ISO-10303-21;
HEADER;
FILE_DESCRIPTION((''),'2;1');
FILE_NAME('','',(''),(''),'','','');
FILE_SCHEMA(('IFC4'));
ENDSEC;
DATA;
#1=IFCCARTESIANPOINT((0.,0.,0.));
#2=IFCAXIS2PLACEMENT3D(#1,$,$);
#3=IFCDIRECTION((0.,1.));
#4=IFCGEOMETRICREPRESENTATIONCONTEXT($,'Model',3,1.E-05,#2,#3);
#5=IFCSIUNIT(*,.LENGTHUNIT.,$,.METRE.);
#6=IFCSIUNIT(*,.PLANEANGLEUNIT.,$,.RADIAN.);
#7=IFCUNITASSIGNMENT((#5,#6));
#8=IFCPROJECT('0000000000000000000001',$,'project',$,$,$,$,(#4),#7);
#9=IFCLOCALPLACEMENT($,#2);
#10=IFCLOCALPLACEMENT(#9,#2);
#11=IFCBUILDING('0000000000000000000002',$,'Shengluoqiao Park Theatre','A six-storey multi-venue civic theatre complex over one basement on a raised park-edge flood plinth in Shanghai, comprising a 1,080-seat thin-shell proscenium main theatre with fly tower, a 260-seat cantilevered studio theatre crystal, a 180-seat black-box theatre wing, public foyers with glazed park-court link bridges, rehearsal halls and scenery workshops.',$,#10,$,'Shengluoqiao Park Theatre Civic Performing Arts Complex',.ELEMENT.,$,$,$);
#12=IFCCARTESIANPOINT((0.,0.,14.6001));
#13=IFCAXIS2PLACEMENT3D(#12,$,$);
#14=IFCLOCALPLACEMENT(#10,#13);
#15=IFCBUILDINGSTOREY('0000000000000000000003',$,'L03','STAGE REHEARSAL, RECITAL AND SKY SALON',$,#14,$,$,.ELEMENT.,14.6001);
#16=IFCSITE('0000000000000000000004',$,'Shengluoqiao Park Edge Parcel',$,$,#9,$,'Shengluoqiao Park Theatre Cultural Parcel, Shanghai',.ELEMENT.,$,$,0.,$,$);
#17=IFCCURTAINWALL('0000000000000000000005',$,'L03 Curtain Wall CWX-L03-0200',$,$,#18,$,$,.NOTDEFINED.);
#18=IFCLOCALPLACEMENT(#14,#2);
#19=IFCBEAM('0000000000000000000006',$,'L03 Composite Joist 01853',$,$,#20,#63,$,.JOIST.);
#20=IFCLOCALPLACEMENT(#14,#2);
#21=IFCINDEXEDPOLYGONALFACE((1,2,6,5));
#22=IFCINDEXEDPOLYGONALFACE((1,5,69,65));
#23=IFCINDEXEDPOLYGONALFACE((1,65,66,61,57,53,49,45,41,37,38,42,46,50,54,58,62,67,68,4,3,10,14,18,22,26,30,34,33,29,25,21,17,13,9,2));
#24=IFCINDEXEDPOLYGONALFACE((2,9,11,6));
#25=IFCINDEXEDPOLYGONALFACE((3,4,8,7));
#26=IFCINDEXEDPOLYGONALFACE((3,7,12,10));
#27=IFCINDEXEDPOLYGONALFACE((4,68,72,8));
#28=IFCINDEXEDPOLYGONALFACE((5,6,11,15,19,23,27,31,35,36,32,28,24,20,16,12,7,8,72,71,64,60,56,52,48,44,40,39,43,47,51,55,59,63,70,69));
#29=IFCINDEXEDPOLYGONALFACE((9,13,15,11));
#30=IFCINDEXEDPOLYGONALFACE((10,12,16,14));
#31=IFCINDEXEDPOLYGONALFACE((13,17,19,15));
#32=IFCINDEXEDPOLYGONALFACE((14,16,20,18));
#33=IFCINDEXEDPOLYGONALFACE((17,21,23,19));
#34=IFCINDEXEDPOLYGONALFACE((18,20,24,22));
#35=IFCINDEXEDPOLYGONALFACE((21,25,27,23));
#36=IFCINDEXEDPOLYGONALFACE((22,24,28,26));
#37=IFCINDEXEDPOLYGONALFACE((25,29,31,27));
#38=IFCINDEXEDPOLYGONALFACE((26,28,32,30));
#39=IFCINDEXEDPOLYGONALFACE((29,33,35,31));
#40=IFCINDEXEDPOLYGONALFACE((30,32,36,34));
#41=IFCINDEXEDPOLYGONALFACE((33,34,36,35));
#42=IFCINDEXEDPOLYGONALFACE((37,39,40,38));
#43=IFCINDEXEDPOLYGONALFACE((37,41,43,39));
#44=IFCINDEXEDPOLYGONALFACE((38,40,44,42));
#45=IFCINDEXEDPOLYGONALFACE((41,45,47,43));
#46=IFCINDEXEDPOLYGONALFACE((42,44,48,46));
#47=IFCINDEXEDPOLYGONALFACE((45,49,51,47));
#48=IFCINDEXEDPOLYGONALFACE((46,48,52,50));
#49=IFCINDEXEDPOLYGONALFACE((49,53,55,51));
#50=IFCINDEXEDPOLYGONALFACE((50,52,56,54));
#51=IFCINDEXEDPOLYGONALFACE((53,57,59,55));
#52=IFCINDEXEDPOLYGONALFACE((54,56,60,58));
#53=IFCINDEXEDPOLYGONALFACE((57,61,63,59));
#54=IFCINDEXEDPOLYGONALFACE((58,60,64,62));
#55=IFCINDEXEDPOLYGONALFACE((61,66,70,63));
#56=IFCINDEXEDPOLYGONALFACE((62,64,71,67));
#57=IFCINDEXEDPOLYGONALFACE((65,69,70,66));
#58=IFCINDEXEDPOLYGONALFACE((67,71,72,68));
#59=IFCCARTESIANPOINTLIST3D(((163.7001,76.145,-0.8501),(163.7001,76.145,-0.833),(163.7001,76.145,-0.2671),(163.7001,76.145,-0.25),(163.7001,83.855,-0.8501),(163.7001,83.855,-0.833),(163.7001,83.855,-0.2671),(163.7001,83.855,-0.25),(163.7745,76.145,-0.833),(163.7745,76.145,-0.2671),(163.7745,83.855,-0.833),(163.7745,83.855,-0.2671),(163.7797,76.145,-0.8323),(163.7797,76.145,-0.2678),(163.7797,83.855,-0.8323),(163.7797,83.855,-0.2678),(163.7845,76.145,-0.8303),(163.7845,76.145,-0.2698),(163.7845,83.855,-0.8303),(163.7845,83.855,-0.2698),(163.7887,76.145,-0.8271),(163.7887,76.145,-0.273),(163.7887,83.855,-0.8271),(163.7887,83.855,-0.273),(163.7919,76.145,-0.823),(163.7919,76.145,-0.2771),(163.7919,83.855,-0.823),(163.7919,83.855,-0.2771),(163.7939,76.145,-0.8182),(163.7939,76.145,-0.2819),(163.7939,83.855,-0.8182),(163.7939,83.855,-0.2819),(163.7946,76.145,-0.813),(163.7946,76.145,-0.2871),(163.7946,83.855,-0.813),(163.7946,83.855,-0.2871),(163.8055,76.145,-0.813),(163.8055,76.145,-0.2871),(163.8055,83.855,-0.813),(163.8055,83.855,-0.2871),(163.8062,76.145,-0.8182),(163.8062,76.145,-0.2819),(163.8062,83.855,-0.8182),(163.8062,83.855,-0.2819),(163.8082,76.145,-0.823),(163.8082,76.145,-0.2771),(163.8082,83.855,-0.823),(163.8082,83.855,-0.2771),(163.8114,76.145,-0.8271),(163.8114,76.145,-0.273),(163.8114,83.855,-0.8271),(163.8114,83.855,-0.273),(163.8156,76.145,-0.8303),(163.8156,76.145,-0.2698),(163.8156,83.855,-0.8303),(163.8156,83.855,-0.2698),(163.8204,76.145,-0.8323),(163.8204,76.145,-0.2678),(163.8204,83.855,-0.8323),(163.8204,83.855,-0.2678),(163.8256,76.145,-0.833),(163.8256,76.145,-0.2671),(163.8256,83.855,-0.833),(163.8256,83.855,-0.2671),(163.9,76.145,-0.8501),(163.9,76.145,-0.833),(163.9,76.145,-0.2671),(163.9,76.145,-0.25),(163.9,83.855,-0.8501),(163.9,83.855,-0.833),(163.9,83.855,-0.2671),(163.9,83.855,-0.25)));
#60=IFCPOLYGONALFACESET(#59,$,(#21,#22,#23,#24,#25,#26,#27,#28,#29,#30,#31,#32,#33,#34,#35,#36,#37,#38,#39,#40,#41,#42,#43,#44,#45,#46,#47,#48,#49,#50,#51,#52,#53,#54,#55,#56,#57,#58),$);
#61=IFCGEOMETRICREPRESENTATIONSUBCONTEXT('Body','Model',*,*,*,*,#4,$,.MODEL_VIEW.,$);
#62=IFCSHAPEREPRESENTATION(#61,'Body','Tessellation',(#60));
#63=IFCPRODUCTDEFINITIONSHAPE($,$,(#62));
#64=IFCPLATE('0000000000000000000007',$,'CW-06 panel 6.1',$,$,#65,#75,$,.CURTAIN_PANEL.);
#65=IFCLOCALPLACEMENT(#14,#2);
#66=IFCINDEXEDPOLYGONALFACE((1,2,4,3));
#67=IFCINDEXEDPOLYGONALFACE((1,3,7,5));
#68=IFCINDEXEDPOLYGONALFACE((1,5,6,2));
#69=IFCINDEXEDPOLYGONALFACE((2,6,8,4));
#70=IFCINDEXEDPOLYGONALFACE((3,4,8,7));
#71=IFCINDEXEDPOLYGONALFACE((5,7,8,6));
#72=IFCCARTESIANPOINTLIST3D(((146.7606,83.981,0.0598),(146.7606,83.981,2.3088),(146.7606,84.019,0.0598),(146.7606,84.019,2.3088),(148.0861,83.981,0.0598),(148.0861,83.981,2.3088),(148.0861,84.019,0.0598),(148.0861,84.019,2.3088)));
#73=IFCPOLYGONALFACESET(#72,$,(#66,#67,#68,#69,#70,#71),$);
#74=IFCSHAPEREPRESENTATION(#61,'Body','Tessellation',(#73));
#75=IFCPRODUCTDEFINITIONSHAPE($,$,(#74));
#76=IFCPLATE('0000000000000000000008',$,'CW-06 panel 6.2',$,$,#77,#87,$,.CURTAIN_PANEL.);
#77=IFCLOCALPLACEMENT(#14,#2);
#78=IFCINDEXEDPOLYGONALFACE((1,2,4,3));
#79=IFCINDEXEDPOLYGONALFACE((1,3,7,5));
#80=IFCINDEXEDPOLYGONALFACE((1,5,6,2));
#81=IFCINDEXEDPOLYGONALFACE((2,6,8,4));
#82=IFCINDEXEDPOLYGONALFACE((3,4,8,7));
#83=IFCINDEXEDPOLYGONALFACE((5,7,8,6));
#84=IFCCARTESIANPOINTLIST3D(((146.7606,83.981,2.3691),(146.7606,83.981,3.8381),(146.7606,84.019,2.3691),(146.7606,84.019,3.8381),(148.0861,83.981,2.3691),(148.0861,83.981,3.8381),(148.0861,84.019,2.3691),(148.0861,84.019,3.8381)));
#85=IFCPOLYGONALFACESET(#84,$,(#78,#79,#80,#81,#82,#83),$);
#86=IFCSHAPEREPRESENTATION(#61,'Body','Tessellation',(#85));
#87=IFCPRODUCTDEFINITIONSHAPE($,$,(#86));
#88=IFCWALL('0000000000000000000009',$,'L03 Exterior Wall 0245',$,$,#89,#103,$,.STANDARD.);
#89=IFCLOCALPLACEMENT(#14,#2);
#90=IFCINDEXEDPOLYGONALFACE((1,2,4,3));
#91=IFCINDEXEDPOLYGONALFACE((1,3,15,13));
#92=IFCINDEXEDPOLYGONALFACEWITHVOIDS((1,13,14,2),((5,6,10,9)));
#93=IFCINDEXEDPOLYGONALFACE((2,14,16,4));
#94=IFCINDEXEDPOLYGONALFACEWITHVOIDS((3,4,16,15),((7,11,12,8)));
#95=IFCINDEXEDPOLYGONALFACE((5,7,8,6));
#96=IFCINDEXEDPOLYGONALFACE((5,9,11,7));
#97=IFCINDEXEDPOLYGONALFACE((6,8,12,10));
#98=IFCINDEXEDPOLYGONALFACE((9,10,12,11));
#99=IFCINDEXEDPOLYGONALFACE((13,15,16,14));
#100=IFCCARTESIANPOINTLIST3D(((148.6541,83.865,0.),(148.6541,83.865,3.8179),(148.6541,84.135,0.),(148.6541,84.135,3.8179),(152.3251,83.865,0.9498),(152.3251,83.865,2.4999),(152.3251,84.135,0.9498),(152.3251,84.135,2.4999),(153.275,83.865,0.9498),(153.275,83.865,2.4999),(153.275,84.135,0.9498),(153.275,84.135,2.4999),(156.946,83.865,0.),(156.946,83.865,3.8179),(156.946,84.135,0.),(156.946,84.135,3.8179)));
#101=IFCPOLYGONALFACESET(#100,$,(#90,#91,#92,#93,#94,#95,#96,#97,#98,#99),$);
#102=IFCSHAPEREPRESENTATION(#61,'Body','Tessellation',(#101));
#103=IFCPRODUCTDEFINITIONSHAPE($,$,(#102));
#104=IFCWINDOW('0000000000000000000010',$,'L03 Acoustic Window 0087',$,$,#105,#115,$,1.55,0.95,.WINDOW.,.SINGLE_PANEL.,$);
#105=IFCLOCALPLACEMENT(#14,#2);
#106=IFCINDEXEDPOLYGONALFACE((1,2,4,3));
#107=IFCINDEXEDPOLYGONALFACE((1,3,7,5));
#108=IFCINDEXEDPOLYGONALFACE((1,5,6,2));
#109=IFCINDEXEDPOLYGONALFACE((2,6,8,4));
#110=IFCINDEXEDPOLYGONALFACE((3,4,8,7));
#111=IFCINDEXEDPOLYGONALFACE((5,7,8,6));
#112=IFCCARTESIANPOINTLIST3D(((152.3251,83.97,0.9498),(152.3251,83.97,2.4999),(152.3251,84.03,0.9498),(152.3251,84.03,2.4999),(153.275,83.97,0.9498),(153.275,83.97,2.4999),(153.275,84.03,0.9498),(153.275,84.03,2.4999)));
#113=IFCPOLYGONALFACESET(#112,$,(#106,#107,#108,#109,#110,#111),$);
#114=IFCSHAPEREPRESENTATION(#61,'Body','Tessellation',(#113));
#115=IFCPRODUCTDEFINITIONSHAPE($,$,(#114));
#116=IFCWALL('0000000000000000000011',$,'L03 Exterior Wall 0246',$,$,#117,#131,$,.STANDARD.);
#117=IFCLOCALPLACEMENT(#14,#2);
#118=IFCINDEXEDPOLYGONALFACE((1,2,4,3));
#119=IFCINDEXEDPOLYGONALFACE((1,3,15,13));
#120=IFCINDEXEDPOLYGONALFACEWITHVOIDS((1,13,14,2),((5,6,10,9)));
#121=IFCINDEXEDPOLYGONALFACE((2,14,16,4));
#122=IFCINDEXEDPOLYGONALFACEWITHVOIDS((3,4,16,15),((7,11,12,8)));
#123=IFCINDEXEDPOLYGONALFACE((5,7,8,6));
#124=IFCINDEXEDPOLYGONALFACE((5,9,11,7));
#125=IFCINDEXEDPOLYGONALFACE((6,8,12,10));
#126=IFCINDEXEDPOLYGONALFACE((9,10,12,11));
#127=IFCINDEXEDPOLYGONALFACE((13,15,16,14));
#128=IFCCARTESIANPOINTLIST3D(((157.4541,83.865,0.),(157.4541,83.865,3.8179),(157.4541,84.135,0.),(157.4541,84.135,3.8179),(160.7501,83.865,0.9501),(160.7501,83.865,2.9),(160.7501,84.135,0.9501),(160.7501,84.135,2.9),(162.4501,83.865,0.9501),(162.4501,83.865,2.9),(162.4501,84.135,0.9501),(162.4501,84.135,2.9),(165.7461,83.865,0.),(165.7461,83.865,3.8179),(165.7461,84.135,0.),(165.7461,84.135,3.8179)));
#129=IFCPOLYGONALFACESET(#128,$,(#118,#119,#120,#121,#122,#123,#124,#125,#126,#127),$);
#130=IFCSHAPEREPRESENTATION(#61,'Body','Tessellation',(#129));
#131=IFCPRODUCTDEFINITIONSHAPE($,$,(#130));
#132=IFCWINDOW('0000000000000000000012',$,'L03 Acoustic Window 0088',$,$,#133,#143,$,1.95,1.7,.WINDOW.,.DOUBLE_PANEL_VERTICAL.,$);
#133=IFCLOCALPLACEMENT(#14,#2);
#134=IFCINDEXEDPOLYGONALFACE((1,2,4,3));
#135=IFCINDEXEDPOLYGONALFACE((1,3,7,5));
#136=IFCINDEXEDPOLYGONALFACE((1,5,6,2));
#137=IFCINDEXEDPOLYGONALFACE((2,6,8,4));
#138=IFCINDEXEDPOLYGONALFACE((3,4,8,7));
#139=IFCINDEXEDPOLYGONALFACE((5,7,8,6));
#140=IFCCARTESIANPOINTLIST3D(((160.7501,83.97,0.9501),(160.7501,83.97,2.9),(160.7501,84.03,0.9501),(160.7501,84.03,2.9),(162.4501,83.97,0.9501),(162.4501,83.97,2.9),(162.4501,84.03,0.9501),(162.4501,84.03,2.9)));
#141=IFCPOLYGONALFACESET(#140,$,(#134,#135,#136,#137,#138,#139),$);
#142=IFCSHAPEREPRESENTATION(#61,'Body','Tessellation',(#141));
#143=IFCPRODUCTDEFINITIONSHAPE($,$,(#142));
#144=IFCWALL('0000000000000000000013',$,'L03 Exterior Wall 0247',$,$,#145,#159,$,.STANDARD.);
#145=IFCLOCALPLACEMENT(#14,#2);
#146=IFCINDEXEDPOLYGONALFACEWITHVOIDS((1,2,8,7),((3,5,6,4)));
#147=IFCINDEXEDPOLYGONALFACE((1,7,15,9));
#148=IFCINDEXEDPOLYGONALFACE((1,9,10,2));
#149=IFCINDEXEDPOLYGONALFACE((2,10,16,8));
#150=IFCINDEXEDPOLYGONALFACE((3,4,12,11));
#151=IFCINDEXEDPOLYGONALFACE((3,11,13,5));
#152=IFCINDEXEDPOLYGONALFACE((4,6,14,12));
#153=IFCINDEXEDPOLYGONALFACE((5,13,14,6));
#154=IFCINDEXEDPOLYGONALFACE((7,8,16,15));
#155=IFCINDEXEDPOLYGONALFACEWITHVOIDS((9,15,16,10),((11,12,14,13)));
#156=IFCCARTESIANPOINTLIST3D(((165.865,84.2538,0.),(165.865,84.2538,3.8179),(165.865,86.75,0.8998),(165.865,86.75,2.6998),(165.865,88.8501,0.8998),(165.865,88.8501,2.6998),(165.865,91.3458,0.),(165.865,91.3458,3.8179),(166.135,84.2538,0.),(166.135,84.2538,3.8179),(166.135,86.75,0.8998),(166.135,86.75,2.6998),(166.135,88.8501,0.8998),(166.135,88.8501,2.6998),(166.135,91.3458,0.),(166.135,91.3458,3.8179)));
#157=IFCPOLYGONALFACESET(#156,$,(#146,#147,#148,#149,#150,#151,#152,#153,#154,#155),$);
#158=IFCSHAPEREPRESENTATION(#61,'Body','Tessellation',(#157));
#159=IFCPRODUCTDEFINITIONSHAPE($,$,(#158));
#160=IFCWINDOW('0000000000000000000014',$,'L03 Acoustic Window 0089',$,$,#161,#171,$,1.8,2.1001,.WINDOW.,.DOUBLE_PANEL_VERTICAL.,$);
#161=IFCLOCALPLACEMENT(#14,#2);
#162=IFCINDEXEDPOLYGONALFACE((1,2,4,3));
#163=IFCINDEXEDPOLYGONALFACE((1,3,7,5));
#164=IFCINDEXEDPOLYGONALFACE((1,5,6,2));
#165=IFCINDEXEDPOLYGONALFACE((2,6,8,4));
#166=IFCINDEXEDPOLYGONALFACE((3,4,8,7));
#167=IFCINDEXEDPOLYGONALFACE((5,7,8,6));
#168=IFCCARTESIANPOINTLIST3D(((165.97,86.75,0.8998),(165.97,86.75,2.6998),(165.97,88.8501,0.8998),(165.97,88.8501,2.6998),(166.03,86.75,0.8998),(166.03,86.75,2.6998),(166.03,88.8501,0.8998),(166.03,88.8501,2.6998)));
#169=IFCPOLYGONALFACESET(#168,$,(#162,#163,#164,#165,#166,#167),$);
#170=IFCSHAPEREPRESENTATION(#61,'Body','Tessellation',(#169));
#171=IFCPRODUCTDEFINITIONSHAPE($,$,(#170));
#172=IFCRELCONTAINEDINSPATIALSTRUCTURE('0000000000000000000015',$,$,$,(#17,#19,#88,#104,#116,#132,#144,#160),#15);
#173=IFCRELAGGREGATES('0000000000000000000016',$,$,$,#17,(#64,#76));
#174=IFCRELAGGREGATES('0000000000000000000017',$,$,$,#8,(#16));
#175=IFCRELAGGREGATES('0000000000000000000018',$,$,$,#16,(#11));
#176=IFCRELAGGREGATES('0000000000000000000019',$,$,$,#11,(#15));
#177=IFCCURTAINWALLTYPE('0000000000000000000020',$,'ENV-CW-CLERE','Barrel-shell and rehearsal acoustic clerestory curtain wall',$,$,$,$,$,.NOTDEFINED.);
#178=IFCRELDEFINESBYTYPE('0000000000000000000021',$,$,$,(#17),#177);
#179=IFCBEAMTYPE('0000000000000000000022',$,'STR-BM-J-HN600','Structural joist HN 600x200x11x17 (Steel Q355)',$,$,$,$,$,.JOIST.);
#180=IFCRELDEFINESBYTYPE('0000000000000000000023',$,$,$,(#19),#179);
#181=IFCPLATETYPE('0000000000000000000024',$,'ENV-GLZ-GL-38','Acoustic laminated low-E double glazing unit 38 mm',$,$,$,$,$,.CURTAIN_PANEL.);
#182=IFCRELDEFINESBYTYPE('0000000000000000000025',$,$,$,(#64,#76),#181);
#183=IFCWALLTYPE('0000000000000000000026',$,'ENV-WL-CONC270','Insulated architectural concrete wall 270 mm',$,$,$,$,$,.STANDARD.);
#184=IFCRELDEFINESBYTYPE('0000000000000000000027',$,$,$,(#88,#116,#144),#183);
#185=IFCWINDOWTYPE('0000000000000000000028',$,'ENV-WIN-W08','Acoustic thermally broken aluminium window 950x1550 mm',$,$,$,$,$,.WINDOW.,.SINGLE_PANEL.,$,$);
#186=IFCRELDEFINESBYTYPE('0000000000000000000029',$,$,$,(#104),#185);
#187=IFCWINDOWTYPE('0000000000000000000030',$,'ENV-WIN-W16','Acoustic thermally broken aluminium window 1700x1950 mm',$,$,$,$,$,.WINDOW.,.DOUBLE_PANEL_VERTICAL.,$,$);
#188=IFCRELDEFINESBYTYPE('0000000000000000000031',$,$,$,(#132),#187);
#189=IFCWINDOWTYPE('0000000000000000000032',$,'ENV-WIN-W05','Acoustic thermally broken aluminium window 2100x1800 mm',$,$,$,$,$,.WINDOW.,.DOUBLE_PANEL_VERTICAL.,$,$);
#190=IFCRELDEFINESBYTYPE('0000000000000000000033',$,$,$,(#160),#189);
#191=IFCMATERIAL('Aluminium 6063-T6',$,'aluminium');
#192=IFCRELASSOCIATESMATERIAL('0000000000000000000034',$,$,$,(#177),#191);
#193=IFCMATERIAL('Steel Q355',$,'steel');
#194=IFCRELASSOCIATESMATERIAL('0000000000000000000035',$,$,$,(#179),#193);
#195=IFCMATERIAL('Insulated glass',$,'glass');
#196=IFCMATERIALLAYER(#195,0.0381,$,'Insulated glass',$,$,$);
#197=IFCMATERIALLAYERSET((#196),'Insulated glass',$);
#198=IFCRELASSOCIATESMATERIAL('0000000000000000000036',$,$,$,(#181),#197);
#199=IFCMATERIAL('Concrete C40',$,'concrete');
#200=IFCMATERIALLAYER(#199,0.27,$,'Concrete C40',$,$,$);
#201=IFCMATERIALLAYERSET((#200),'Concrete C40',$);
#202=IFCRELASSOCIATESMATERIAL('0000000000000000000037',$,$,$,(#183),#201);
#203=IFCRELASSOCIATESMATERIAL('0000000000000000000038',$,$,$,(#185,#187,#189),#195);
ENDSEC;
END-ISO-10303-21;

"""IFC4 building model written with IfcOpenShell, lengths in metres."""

from ifc_helpers import new_model, si_unit, direction, frame, frame_2d, origin, origin_2d, place, context, subcontext, project, spatial, rectangle, i_section, extrude, material, layer, layer_set, material_profile, profile_set, type_object, element, fill, aggregate, save


model = new_model("IFC4")

# Units and contexts
model_context = context("Model", 3, precision=1e-05, world=origin(), true_north=direction((0.0, 1.0)))
body_context = subcontext(model_context, "Body", "Model", "MODEL_VIEW")
ifc_project = project(units=[si_unit("LENGTHUNIT", "METRE"), si_unit("PLANEANGLEUNIT", "RADIAN")], contexts=[model_context])

# Site, building, storey
site_placement = place(None, origin())
site = spatial("IfcSite", under=ifc_project, at=site_placement, Name="Shengluoqiao Park Edge Parcel", LongName="Shengluoqiao Park Theatre Cultural Parcel, Shanghai", CompositionType="ELEMENT", RefElevation=0.0)
building_placement = place(site_placement, origin())
building = spatial("IfcBuilding", under=site, at=building_placement, Name="Shengluoqiao Park Theatre", Description="A six-storey multi-venue civic theatre complex over one basement on a raised park-edge flood plinth in Shanghai, comprising a 1,080-seat thin-shell proscenium main theatre with fly tower, a 260-seat cantilevered studio theatre crystal, a 180-seat black-box theatre wing, public foyers with glazed park-court link bridges, rehearsal halls and scenery workshops.", LongName="Shengluoqiao Park Theatre Civic Performing Arts Complex", CompositionType="ELEMENT")
storey_placement = place(building_placement, frame((0.0, 0.0, 14.6001)))
storey = spatial("IfcBuildingStorey", under=building, at=storey_placement, Name="L03", Description="STAGE REHEARSAL, RECITAL AND SKY SALON", CompositionType="ELEMENT", Elevation=14.6001)

# Shared definitions
ifc_material_1 = material(Name="Concrete C40", Category="concrete")

# Curtain wall
ifc_material_2 = material(Name="Aluminium 6063-T6", Category="aluminium")
curtain_wall_type = type_object("IfcCurtainWallType", Name="ENV-CW-CLERE", Description="Barrel-shell and rehearsal acoustic clerestory curtain wall", PredefinedType="NOTDEFINED", material=ifc_material_2)
curtain_wall_placement = place(storey_placement, origin())
curtain_wall = element("IfcCurtainWall", 1, at=curtain_wall_placement, inside=storey, type_object=curtain_wall_type, Name="L03 Curtain Wall CWX-L03-0200", PredefinedType="NOTDEFINED")

# Beam
ifc_material_3 = material(Name="Steel Q355", Category="steel")
ifc_material_profile_1 = material_profile(ifc_material_3, i_section(OverallWidth=0.2, OverallDepth=0.6001, WebThickness=0.011, FlangeThickness=0.0171, FilletRadius=0.02, at=origin_2d()), Name="HN 600x200x11x17")
ifc_profile_set_1 = profile_set([ifc_material_profile_1], Name="Steel Q355")
beam_type_1 = type_object("IfcBeamType", Name="STR-BM-J-HN600", Description="Structural joist HN 600x200x11x17 (Steel Q355)", PredefinedType="JOIST", material=ifc_profile_set_1)
for number, where, z_axis, x_axis, name in (
    (2, (163.8, 76.145, -0.55), (0.0, 1.0, 0.0), (-1.0, 0.0, 0.0), "L03 Composite Joist 01853"),
):
    element("IfcBeam", number, at=place(storey_placement, frame(where, z_axis=z_axis, x_axis=x_axis)), inside=storey, type_object=beam_type_1, Name=name, PredefinedType="JOIST", context=body_context, shape_type="SweptSolid", body=[
        extrude(i_section(OverallWidth=0.2, OverallDepth=0.6001, WebThickness=0.011, FlangeThickness=0.0171, FilletRadius=0.02, at=origin_2d()), origin(), (0.0, 0.0, 1.0), 7.71),
    ])

# Plates
ifc_material_4 = material(Name="Insulated glass", Category="glass")
ifc_layer_1 = layer(ifc_material_4, 0.0381, Name="Insulated glass")
ifc_layer_set_1 = layer_set([ifc_layer_1], Name="Insulated glass")
plate_type = type_object("IfcPlateType", Name="ENV-GLZ-GL-38", Description="Acoustic laminated low-E double glazing unit 38 mm", PredefinedType="CURTAIN_PANEL", material=ifc_layer_set_1)
plate_1_placement = place(storey_placement, frame((147.4233, 84.0, 0.0598), z_axis=(0.0, 0.0, 1.0), x_axis=(1.0, 0.0, 0.0)))
plate_1 = element("IfcPlate", 3, at=plate_1_placement, type_object=plate_type, Name="CW-06 panel 6.1", PredefinedType="CURTAIN_PANEL", context=body_context, shape_type="SweptSolid", body=[
    extrude(rectangle(XDim=1.3254, YDim=0.0381, at=origin_2d()), origin(), (0.0, 0.0, 1.0), 2.249),
])
plate_2_placement = place(storey_placement, frame((147.4233, 84.0, 2.3691), z_axis=(0.0, 0.0, 1.0), x_axis=(1.0, 0.0, 0.0)))
plate_2 = element("IfcPlate", 4, at=plate_2_placement, type_object=plate_type, Name="CW-06 panel 6.2", PredefinedType="CURTAIN_PANEL", context=body_context, shape_type="SweptSolid", body=[
    extrude(rectangle(XDim=1.3254, YDim=0.0381, at=origin_2d()), origin(), (0.0, 0.0, 1.0), 1.469),
])
aggregate(curtain_wall, [plate_1, plate_2])

# Walls, openings, windows
ifc_layer_2 = layer(ifc_material_1, 0.27, Name="Concrete C40")
ifc_layer_set_2 = layer_set([ifc_layer_2], Name="Concrete C40")
wall_type_1 = type_object("IfcWallType", Name="ENV-WL-CONC270", Description="Insulated architectural concrete wall 270 mm", PredefinedType="STANDARD", material=ifc_layer_set_2)
wall_1_placement = place(storey_placement, frame((148.6541, 84.0, 0.0), z_axis=(0.0, 0.0, 1.0), x_axis=(1.0, 0.0, 0.0)))
wall_1 = element("IfcWall", 5, at=wall_1_placement, inside=storey, type_object=wall_type_1, Name="L03 Exterior Wall 0245", PredefinedType="STANDARD", context=body_context, shape_type="SweptSolid", body=[
    extrude(rectangle(XDim=8.292, YDim=0.27, at=frame_2d((4.146, 0.0))), origin(), (0.0, 0.0, 1.0), 3.8179),
])
opening_1_placement = place(wall_1_placement, frame((3.6709, 0.0, 0.95)))
opening_1 = element("IfcOpeningElement", 6, at=opening_1_placement, cuts=wall_1, PredefinedType="OPENING", context=body_context, shape_type="SweptSolid", body=[
    extrude(rectangle(XDim=0.95, YDim=1.55, at=frame_2d((0.4751, 0.7749))), frame((0.0, 0.145, 0.0), z_axis=(0.0, -1.0, 0.0), x_axis=(1.0, 0.0, 0.0)), (0.0, 0.0, 1.0), 0.29),
])
window_type_1 = type_object("IfcWindowType", Name="ENV-WIN-W08", Description="Acoustic thermally broken aluminium window 950x1550 mm", PartitioningType="SINGLE_PANEL", PredefinedType="WINDOW", material=ifc_material_4)
window_1_placement = place(opening_1_placement, origin())
window_1 = element("IfcWindow", 7, at=window_1_placement, inside=storey, type_object=window_type_1, Name="L03 Acoustic Window 0087", OverallHeight=1.55, OverallWidth=0.95, PartitioningType="SINGLE_PANEL", PredefinedType="WINDOW", context=body_context, shape_type="SweptSolid", body=[
    extrude(rectangle(XDim=0.95, YDim=1.55, at=frame_2d((0.4751, 0.7749))), frame((0.0, 0.03, 0.0), z_axis=(0.0, -1.0, 0.0), x_axis=(1.0, 0.0, 0.0)), (0.0, 0.0, 1.0), 0.0601),
])
fill(opening_1, window_1)
wall_2_placement = place(storey_placement, frame((157.4541, 84.0, 0.0), z_axis=(0.0, 0.0, 1.0), x_axis=(1.0, 0.0, 0.0)))
wall_2 = element("IfcWall", 8, at=wall_2_placement, inside=storey, type_object=wall_type_1, Name="L03 Exterior Wall 0246", PredefinedType="STANDARD", context=body_context, shape_type="SweptSolid", body=[
    extrude(rectangle(XDim=8.292, YDim=0.27, at=frame_2d((4.146, 0.0))), origin(), (0.0, 0.0, 1.0), 3.8179),
])
opening_2_placement = place(wall_2_placement, frame((3.2959, 0.0, 0.95)))
opening_2 = element("IfcOpeningElement", 9, at=opening_2_placement, cuts=wall_2, PredefinedType="OPENING", context=body_context, shape_type="SweptSolid", body=[
    extrude(rectangle(XDim=1.7, YDim=1.95, at=frame_2d((0.8501, 0.9751))), frame((0.0, 0.145, 0.0), z_axis=(0.0, -1.0, 0.0), x_axis=(1.0, 0.0, 0.0)), (0.0, 0.0, 1.0), 0.29),
])
window_type_2 = type_object("IfcWindowType", Name="ENV-WIN-W16", Description="Acoustic thermally broken aluminium window 1700x1950 mm", PartitioningType="DOUBLE_PANEL_VERTICAL", PredefinedType="WINDOW", material=ifc_material_4)
window_2_placement = place(opening_2_placement, origin())
window_2 = element("IfcWindow", 10, at=window_2_placement, inside=storey, type_object=window_type_2, Name="L03 Acoustic Window 0088", OverallHeight=1.95, OverallWidth=1.7, PartitioningType="DOUBLE_PANEL_VERTICAL", PredefinedType="WINDOW", context=body_context, shape_type="SweptSolid", body=[
    extrude(rectangle(XDim=1.7, YDim=1.95, at=frame_2d((0.8501, 0.9751))), frame((0.0, 0.03, 0.0), z_axis=(0.0, -1.0, 0.0), x_axis=(1.0, 0.0, 0.0)), (0.0, 0.0, 1.0), 0.0601),
])
fill(opening_2, window_2)
wall_3_placement = place(storey_placement, frame((166.0, 84.2539, 0.0), z_axis=(0.0, 0.0, 1.0), x_axis=(0.0, 1.0, 0.0)))
wall_3 = element("IfcWall", 11, at=wall_3_placement, inside=storey, type_object=wall_type_1, Name="L03 Exterior Wall 0247", PredefinedType="STANDARD", context=body_context, shape_type="SweptSolid", body=[
    extrude(rectangle(XDim=7.092, YDim=0.27, at=frame_2d((3.5459, 0.0))), origin(), (0.0, 0.0, 1.0), 3.8179),
])
opening_3_placement = place(wall_3_placement, frame((2.4961, 0.0, 0.8999)))
opening_3 = element("IfcOpeningElement", 12, at=opening_3_placement, cuts=wall_3, PredefinedType="OPENING", context=body_context, shape_type="SweptSolid", body=[
    extrude(rectangle(XDim=2.1001, YDim=1.8, at=frame_2d((1.05, 0.8999))), frame((0.0, 0.145, 0.0), z_axis=(0.0, -1.0, 0.0), x_axis=(1.0, 0.0, 0.0)), (0.0, 0.0, 1.0), 0.29),
])
window_type_3 = type_object("IfcWindowType", Name="ENV-WIN-W05", Description="Acoustic thermally broken aluminium window 2100x1800 mm", PartitioningType="DOUBLE_PANEL_VERTICAL", PredefinedType="WINDOW", material=ifc_material_4)
window_3_placement = place(opening_3_placement, origin())
window_3 = element("IfcWindow", 13, at=window_3_placement, inside=storey, type_object=window_type_3, Name="L03 Acoustic Window 0089", OverallHeight=1.8, OverallWidth=2.1001, PartitioningType="DOUBLE_PANEL_VERTICAL", PredefinedType="WINDOW", context=body_context, shape_type="SweptSolid", body=[
    extrude(rectangle(XDim=2.1001, YDim=1.8, at=frame_2d((1.05, 0.8999))), frame((0.0, 0.03, 0.0), z_axis=(0.0, -1.0, 0.0), x_axis=(1.0, 0.0, 0.0)), (0.0, 0.0, 1.0), 0.0601),
])
fill(opening_3, window_3)

save(model, "model.ifc")
